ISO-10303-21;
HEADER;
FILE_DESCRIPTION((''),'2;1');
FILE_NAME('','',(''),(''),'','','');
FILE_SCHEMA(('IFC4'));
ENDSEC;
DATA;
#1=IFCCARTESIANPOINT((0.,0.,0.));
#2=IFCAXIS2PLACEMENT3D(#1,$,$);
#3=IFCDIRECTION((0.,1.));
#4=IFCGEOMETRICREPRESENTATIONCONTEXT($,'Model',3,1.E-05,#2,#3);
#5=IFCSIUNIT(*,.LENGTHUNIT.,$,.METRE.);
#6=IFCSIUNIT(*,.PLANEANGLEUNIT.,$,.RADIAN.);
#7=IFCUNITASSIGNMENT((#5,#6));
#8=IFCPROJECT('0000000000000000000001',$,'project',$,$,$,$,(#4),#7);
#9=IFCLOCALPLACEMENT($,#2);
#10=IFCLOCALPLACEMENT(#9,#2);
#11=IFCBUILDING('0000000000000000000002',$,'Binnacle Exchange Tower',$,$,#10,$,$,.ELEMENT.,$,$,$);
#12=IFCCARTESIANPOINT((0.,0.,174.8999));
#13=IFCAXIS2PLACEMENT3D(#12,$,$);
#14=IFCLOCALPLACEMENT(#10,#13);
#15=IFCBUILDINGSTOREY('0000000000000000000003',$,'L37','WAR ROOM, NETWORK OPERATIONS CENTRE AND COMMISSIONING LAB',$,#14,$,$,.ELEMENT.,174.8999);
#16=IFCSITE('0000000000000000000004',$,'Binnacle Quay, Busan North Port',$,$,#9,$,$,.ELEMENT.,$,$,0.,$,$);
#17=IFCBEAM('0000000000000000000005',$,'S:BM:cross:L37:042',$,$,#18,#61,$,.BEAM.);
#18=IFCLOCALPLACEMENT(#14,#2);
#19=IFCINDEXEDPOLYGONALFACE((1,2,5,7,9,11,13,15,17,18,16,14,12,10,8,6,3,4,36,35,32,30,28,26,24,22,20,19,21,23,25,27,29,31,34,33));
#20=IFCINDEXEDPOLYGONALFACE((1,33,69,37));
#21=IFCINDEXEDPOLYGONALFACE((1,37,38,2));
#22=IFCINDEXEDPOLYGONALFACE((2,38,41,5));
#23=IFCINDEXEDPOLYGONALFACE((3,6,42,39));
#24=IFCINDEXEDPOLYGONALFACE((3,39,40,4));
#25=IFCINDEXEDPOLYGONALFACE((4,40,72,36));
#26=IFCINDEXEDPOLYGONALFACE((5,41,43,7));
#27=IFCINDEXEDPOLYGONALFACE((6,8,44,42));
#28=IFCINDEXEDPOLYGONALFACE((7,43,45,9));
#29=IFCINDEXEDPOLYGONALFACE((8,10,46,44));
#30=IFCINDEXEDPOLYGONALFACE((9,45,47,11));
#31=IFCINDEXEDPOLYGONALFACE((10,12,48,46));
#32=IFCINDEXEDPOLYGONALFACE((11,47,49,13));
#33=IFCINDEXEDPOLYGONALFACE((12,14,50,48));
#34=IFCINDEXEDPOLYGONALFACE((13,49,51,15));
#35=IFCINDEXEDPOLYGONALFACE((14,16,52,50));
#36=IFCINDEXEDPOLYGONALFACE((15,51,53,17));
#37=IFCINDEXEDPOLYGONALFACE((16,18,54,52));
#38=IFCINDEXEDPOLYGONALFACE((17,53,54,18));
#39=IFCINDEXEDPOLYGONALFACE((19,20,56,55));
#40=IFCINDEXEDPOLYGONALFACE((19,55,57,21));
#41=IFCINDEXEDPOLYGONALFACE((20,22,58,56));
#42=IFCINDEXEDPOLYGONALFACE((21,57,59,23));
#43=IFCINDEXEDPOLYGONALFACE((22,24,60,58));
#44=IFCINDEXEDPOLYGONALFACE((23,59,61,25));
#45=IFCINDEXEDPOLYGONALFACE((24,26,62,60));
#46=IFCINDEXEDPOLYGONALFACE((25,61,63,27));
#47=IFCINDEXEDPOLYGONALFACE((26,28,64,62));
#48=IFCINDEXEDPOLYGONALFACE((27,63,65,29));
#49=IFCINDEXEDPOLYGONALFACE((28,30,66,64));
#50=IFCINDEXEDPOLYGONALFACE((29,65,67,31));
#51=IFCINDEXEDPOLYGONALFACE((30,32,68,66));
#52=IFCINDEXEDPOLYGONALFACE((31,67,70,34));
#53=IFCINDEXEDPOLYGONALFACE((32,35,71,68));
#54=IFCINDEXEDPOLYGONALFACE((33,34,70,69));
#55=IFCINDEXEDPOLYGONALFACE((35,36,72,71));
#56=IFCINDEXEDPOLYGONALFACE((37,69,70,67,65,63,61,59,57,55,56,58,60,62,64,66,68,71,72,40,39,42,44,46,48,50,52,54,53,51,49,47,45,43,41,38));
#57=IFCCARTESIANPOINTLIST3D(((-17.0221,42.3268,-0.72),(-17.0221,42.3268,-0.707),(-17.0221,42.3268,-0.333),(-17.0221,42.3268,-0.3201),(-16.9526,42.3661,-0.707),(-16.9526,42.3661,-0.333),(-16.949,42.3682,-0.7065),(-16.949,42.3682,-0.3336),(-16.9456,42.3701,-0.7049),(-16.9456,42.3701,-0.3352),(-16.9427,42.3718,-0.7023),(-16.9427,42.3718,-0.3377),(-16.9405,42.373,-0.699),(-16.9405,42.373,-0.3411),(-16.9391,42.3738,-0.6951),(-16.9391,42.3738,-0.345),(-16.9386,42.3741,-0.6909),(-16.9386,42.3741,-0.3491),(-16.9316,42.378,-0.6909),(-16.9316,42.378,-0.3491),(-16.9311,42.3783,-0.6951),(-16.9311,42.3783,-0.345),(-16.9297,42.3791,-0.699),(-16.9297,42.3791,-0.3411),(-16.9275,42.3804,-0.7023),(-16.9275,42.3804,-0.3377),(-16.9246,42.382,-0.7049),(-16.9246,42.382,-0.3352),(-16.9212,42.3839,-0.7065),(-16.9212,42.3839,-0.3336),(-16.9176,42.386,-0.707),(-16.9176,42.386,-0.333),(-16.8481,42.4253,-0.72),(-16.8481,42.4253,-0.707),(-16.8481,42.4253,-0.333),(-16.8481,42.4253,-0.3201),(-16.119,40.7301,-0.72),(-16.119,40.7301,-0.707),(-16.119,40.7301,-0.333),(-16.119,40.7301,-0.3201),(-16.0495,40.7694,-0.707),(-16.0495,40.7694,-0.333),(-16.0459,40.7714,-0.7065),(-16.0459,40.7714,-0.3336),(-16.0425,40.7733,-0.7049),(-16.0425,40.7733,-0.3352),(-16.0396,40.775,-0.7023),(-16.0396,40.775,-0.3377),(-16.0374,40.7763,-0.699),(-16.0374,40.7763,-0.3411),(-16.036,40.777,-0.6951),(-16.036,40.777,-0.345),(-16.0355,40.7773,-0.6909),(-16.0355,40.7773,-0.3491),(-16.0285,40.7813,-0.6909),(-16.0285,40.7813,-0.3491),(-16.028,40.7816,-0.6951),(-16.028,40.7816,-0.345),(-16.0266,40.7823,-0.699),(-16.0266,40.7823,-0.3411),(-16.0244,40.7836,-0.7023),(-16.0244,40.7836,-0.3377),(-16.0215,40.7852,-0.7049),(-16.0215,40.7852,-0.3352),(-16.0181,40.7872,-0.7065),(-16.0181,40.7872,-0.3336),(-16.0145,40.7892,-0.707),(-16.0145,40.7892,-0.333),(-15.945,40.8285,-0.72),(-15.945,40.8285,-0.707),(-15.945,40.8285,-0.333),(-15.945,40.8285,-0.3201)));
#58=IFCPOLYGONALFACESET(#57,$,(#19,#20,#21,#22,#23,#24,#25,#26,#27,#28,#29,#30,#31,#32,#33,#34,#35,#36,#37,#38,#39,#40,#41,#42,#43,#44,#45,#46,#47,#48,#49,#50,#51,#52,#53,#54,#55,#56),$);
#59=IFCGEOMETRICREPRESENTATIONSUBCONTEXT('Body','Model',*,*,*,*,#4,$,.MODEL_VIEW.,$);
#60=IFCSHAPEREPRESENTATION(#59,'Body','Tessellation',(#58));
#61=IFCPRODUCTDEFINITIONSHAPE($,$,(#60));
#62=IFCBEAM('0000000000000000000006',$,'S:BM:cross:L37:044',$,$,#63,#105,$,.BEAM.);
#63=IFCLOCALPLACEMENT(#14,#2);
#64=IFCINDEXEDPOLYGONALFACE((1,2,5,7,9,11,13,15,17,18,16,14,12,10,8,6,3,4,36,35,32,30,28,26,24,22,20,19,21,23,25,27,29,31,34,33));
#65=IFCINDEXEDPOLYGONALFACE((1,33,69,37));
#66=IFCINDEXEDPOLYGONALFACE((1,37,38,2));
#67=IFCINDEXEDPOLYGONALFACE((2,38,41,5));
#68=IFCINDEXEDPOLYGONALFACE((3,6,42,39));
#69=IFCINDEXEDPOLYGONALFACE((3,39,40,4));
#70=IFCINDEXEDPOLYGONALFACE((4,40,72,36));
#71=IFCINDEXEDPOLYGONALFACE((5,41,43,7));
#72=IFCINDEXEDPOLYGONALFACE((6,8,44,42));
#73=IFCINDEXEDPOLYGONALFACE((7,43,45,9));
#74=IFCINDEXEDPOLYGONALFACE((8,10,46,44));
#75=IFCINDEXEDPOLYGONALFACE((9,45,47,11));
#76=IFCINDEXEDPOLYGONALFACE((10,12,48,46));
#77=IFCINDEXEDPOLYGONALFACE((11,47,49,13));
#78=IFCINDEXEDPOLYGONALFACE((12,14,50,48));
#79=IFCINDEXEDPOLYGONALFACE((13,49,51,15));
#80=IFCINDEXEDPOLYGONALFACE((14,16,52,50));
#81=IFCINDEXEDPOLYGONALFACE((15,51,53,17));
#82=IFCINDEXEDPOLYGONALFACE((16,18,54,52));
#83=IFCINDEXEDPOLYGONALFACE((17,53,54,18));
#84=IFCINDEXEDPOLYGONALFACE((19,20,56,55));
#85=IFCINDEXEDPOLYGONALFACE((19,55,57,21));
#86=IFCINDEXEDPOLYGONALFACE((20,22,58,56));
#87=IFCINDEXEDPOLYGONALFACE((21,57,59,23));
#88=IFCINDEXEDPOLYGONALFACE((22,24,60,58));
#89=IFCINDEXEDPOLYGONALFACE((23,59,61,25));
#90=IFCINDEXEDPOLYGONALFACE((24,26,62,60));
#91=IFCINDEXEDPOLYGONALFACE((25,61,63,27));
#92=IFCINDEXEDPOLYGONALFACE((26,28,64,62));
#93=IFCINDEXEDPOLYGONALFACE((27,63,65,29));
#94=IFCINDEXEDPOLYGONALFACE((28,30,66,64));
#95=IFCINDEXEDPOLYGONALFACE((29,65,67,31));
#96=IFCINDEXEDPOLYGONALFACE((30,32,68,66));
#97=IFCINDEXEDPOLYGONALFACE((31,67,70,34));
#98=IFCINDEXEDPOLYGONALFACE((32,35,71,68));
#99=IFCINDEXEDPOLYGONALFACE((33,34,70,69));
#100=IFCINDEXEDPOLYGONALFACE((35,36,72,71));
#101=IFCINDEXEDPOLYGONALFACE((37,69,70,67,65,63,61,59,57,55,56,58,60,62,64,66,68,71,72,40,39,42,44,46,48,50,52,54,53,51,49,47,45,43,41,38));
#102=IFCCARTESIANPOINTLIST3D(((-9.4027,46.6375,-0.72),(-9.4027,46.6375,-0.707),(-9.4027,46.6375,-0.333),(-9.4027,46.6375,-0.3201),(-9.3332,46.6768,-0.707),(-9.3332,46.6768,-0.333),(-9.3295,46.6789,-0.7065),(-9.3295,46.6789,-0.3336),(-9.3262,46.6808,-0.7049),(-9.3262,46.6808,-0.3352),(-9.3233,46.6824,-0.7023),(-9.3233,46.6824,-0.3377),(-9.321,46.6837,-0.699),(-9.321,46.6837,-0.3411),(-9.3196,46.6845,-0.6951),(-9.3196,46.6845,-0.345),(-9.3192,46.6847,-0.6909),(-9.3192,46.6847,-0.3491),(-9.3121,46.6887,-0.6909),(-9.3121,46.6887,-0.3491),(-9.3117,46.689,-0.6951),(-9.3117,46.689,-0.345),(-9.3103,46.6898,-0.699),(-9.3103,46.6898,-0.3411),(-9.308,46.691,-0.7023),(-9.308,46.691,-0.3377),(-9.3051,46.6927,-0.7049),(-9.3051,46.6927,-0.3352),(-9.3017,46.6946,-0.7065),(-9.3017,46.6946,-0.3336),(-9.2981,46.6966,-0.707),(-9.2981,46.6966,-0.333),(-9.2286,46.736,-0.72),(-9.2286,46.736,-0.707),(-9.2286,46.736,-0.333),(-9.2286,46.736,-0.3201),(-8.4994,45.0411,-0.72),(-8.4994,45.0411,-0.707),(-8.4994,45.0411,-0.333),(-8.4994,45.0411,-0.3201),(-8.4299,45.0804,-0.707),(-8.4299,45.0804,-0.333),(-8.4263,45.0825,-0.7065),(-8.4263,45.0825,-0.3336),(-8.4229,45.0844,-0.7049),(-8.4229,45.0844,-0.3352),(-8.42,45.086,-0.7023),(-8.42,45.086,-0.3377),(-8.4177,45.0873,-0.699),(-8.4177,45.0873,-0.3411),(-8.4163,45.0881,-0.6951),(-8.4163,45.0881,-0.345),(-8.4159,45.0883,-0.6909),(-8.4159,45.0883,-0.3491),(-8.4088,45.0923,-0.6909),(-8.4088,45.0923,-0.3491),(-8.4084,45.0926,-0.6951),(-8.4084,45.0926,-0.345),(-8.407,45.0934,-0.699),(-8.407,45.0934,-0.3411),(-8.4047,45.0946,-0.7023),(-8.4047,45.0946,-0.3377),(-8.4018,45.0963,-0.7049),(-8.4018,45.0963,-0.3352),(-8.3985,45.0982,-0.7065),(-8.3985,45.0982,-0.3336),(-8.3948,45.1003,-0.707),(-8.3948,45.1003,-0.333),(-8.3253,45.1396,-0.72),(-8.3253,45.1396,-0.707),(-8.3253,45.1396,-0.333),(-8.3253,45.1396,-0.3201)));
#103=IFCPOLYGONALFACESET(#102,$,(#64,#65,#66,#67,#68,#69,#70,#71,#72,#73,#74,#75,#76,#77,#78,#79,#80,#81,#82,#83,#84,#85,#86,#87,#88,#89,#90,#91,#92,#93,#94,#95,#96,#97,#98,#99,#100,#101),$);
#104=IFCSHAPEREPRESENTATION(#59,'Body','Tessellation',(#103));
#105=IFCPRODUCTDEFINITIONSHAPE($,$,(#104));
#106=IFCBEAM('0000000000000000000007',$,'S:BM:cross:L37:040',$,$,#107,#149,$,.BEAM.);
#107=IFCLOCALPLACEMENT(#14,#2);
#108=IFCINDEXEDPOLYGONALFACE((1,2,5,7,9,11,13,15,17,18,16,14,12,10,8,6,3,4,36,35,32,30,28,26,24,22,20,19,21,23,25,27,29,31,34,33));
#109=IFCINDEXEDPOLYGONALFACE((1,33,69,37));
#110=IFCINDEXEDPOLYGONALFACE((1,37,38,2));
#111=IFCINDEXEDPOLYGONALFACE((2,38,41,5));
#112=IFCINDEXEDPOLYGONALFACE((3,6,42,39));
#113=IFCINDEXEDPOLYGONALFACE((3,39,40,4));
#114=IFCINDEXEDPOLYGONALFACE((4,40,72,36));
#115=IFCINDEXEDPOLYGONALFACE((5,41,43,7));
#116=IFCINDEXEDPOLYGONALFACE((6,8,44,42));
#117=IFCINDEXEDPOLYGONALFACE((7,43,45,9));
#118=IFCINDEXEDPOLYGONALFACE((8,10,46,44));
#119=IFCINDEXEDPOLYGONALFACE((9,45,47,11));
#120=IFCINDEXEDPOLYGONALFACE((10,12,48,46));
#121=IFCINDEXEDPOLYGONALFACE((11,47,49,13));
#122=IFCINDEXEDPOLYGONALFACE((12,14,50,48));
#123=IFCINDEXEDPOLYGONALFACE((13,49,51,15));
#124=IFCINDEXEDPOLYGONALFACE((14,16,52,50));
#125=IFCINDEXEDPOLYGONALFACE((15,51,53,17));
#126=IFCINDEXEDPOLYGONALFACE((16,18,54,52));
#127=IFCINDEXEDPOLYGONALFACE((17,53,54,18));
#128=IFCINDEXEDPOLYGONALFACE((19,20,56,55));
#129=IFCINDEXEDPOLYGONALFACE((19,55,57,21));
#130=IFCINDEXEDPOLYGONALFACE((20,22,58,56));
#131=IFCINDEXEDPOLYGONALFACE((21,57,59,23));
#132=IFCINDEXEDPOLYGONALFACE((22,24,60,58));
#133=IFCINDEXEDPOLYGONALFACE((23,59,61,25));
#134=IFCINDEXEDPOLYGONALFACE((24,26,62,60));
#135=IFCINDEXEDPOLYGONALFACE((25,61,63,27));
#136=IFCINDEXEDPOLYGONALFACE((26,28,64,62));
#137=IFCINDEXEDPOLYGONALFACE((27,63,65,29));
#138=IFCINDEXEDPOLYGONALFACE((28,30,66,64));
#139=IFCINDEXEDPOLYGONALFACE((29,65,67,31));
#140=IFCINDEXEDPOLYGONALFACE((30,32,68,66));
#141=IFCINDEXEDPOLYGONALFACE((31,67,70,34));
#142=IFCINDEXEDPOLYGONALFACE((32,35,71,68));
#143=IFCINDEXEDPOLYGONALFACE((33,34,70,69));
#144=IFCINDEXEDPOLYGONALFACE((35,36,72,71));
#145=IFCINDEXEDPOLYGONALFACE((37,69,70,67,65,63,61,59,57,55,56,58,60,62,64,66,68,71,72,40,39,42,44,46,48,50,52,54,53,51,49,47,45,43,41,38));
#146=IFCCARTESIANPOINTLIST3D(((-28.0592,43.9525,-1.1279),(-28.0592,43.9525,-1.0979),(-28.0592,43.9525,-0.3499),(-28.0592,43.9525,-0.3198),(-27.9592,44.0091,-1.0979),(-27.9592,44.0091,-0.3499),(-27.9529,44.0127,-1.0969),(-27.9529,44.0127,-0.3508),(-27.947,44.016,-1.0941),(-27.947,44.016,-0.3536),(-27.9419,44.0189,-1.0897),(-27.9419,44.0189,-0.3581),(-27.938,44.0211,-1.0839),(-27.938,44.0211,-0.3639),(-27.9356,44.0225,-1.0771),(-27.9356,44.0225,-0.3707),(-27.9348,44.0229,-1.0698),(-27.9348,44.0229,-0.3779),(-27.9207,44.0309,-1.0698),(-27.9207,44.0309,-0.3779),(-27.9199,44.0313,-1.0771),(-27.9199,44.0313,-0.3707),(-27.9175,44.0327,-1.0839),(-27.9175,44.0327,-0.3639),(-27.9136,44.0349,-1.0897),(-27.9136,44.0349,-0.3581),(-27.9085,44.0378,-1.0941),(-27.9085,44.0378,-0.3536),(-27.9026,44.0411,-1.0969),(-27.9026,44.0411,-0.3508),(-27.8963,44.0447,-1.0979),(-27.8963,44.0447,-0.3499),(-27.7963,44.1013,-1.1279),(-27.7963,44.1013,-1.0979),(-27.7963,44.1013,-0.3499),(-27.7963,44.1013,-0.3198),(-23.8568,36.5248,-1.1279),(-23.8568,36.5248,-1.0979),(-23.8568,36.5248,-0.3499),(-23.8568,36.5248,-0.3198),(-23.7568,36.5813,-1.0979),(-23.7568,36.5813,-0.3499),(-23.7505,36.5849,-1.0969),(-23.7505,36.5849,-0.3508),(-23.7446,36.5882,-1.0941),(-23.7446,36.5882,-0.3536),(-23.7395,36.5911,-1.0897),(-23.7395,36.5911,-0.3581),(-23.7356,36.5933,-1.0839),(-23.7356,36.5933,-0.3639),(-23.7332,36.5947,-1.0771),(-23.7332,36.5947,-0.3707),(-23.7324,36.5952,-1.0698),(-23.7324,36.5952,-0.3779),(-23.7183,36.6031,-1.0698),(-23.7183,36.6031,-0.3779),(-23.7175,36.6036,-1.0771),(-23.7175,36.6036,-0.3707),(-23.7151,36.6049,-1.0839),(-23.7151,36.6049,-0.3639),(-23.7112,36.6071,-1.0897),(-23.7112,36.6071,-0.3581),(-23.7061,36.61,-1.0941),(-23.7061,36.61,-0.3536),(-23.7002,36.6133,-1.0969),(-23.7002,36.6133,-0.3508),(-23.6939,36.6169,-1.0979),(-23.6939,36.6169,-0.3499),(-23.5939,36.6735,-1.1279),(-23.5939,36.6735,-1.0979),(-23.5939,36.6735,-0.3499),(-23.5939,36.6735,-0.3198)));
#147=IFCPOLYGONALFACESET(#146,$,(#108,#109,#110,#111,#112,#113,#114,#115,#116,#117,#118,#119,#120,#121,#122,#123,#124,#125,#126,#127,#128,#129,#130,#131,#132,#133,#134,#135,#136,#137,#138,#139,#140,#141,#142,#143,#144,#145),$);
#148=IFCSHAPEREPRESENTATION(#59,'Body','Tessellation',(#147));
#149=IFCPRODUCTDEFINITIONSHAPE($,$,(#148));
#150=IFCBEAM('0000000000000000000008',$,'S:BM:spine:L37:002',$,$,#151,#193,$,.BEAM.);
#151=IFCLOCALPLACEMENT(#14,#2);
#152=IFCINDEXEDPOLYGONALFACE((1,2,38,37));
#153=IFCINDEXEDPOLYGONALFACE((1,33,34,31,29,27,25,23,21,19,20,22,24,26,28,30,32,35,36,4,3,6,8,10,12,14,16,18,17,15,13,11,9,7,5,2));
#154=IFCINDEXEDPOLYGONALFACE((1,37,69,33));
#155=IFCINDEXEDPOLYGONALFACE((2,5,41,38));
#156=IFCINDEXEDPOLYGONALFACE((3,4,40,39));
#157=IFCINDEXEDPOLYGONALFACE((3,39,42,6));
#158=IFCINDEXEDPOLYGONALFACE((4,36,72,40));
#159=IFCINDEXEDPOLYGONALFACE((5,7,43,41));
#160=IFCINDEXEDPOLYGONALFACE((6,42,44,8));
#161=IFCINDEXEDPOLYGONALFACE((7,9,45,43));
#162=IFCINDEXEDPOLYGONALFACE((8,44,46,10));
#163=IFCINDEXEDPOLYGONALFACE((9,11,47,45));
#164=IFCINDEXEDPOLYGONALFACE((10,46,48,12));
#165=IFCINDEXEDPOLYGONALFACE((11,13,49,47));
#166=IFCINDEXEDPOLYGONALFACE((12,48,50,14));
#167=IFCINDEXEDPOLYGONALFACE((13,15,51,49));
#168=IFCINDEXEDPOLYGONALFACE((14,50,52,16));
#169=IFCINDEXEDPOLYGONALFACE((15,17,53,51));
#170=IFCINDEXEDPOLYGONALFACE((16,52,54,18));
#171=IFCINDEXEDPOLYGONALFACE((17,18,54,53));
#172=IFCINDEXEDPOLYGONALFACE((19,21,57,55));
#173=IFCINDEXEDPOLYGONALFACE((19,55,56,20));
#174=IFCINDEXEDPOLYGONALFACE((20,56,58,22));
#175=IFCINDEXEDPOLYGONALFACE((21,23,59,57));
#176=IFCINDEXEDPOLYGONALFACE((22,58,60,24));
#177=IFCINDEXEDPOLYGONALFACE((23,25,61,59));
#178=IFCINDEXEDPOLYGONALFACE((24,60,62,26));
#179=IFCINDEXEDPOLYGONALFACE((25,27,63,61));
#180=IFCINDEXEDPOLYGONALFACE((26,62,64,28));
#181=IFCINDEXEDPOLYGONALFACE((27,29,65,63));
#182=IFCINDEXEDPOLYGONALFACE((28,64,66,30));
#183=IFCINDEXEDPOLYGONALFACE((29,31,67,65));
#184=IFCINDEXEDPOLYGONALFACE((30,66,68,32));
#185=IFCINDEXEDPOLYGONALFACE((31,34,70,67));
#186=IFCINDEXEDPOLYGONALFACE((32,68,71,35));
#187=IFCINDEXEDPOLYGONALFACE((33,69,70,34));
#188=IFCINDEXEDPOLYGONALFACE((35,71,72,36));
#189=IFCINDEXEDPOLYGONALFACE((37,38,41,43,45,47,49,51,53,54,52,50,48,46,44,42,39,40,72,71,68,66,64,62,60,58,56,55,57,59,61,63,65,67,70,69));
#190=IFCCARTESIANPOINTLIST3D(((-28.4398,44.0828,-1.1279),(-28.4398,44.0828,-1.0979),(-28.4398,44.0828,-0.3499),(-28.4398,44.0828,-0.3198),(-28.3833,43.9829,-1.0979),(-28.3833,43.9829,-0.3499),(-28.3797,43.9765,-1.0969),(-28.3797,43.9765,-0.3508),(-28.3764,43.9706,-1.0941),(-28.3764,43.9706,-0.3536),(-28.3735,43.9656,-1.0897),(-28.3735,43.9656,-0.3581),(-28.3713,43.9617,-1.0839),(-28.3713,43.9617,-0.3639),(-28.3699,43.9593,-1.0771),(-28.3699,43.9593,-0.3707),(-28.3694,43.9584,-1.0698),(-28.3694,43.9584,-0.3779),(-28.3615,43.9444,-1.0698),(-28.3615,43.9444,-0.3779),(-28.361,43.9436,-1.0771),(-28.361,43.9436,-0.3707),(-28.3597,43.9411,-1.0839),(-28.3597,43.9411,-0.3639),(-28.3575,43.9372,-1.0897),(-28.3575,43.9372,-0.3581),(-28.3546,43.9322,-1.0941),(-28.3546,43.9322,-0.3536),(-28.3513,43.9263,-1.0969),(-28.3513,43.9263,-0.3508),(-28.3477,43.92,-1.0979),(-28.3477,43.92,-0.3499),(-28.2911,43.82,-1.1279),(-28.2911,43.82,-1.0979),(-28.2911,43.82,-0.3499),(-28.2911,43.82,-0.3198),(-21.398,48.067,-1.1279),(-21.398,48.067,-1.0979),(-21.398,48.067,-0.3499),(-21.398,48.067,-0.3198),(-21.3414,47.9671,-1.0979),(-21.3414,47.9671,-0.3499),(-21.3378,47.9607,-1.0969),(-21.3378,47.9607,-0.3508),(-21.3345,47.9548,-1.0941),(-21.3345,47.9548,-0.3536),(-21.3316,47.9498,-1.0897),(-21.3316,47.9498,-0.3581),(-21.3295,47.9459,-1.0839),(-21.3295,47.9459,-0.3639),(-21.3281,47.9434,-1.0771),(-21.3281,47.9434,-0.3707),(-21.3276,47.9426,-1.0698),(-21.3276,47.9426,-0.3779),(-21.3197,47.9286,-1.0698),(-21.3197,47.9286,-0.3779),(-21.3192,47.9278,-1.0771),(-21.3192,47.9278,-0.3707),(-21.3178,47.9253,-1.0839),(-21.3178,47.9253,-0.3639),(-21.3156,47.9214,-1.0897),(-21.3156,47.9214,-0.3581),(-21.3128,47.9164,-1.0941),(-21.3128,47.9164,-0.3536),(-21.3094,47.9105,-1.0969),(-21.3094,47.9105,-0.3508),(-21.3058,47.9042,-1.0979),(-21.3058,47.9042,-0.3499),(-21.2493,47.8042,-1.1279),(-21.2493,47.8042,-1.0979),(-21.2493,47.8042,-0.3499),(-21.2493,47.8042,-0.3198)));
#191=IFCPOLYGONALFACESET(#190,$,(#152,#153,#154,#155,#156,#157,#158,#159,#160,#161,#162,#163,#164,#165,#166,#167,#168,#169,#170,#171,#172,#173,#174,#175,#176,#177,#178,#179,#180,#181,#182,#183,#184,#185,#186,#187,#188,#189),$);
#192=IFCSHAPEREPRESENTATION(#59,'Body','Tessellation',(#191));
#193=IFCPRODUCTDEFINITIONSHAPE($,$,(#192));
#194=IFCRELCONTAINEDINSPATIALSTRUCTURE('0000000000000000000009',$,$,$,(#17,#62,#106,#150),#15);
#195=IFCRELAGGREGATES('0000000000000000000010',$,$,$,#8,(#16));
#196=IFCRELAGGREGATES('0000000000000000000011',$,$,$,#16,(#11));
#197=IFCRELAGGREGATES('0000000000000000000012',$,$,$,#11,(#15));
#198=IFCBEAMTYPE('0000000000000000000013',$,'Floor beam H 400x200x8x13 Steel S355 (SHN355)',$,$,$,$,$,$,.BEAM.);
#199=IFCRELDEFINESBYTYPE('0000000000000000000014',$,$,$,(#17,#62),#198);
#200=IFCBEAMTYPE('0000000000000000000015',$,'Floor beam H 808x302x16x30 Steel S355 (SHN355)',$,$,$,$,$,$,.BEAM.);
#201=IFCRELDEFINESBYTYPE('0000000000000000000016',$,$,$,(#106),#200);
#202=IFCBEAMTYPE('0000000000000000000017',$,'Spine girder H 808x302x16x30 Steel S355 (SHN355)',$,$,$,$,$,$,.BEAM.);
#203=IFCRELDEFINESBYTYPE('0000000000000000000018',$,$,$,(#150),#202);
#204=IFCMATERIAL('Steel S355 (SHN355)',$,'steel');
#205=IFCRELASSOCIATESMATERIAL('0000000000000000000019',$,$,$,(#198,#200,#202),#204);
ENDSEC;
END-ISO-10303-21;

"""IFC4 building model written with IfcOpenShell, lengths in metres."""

from ifc_helpers import new_model, si_unit, direction, frame, origin, origin_2d, place, context, subcontext, project, spatial, i_section, extrude, material, material_profile, profile_set, type_object, element, save


model = new_model("IFC4")

# Units and contexts
model_context = context("Model", 3, precision=1e-05, world=origin(), true_north=direction((0.0, 1.0)))
body_context = subcontext(model_context, "Body", "Model", "MODEL_VIEW")
ifc_project = project(units=[si_unit("LENGTHUNIT", "METRE"), si_unit("PLANEANGLEUNIT", "RADIAN")], contexts=[model_context])

# Site, building, storey
site_placement = place(None, origin())
site = spatial("IfcSite", under=ifc_project, at=site_placement, Name="Binnacle Quay, Busan North Port", CompositionType="ELEMENT", RefElevation=0.0)
building_placement = place(site_placement, origin())
building = spatial("IfcBuilding", under=site, at=building_placement, Name="Binnacle Exchange Tower", CompositionType="ELEMENT")
storey_placement = place(building_placement, frame((0.0, 0.0, 174.8999)))
storey = spatial("IfcBuildingStorey", under=building, at=storey_placement, Name="L37", Description="WAR ROOM, NETWORK OPERATIONS CENTRE AND COMMISSIONING LAB", CompositionType="ELEMENT", Elevation=174.8999)

# Beams
ifc_material_1 = material(Name="Steel S355 (SHN355)", Category="steel")
ifc_material_profile_1 = material_profile(ifc_material_1, i_section(OverallWidth=0.2, OverallDepth=0.3999, WebThickness=0.0081, FlangeThickness=0.0129, FilletRadius=0.0161, at=origin_2d()), Name="H 400x200x8x13")
ifc_profile_set_1 = profile_set([ifc_material_profile_1], Name="Steel S355 (SHN355)")
beam_type_1 = type_object("IfcBeamType", Name="Floor beam H 400x200x8x13 Steel S355 (SHN355)", PredefinedType="BEAM", material=ifc_profile_set_1)
beam_1_placement = place(storey_placement, frame((-16.032, 40.7793, -0.52), z_axis=(-0.492307, 0.870422, 0.0), x_axis=(-0.870422, -0.492307, 0.0)))
element("IfcBeam", 1, at=beam_1_placement, inside=storey, type_object=beam_type_1, Name="S:BM:cross:L37:042", PredefinedType="BEAM", context=body_context, shape_type="SweptSolid", body=[
    extrude(i_section(OverallWidth=0.2, OverallDepth=0.3999, WebThickness=0.0081, FlangeThickness=0.0129, FilletRadius=0.0161, at=origin_2d()), origin(), (0.0, 0.0, 1.0), 1.8345),
])
beam_2_placement = place(storey_placement, frame((-8.4124, 45.0903, -0.52), z_axis=(-0.492465, 0.870332, 0.0), x_axis=(-0.870332, -0.492465, 0.0)))
element("IfcBeam", 2, at=beam_2_placement, inside=storey, type_object=beam_type_1, Name="S:BM:cross:L37:044", PredefinedType="BEAM", context=body_context, shape_type="SweptSolid", body=[
    extrude(i_section(OverallWidth=0.2, OverallDepth=0.3999, WebThickness=0.0081, FlangeThickness=0.0129, FilletRadius=0.0161, at=origin_2d()), origin(), (0.0, 0.0, 1.0), 1.8342),
])
ifc_material_profile_2 = material_profile(ifc_material_1, i_section(OverallWidth=0.302, OverallDepth=0.8081, WebThickness=0.0161, FlangeThickness=0.03, FilletRadius=0.0281, at=origin_2d()), Name="H 808x302x16x30")
ifc_profile_set_2 = profile_set([ifc_material_profile_2], Name="Steel S355 (SHN355)")
beam_type_2 = type_object("IfcBeamType", Name="Floor beam H 808x302x16x30 Steel S355 (SHN355)", PredefinedType="BEAM", material=ifc_profile_set_2)
beam_3_placement = place(storey_placement, frame((-23.7253, 36.5991, -0.7239), z_axis=(-0.492422, 0.870357, 0.0), x_axis=(-0.870357, -0.492422, 0.0)))
element("IfcBeam", 3, at=beam_3_placement, inside=storey, type_object=beam_type_2, Name="S:BM:cross:L37:040", PredefinedType="BEAM", context=body_context, shape_type="SweptSolid", body=[
    extrude(i_section(OverallWidth=0.302, OverallDepth=0.8081, WebThickness=0.0161, FlangeThickness=0.03, FilletRadius=0.0281, at=origin_2d()), origin(), (0.0, 0.0, 1.0), 8.5342),
])
ifc_material_profile_3 = material_profile(ifc_material_1, i_section(OverallWidth=0.302, OverallDepth=0.8081, WebThickness=0.0161, FlangeThickness=0.03, FilletRadius=0.0281, at=origin_2d()), Name="H 808x302x16x30")
ifc_profile_set_3 = profile_set([ifc_material_profile_3], Name="Steel S355 (SHN355)")
beam_type_3 = type_object("IfcBeamType", Name="Spine girder H 808x302x16x30 Steel S355 (SHN355)", PredefinedType="BEAM", material=ifc_profile_set_3)
beam_4_placement = place(storey_placement, frame((-28.3655, 43.9514, -0.7239), z_axis=(0.87035, 0.492433, 0.0), x_axis=(-0.492433, 0.87035, 0.0)))
element("IfcBeam", 4, at=beam_4_placement, inside=storey, type_object=beam_type_3, Name="S:BM:spine:L37:002", PredefinedType="BEAM", context=body_context, shape_type="SweptSolid", body=[
    extrude(i_section(OverallWidth=0.302, OverallDepth=0.8081, WebThickness=0.0161, FlangeThickness=0.03, FilletRadius=0.0281, at=origin_2d()), origin(), (0.0, 0.0, 1.0), 8.0908),
])

save(model, "model.ifc")
